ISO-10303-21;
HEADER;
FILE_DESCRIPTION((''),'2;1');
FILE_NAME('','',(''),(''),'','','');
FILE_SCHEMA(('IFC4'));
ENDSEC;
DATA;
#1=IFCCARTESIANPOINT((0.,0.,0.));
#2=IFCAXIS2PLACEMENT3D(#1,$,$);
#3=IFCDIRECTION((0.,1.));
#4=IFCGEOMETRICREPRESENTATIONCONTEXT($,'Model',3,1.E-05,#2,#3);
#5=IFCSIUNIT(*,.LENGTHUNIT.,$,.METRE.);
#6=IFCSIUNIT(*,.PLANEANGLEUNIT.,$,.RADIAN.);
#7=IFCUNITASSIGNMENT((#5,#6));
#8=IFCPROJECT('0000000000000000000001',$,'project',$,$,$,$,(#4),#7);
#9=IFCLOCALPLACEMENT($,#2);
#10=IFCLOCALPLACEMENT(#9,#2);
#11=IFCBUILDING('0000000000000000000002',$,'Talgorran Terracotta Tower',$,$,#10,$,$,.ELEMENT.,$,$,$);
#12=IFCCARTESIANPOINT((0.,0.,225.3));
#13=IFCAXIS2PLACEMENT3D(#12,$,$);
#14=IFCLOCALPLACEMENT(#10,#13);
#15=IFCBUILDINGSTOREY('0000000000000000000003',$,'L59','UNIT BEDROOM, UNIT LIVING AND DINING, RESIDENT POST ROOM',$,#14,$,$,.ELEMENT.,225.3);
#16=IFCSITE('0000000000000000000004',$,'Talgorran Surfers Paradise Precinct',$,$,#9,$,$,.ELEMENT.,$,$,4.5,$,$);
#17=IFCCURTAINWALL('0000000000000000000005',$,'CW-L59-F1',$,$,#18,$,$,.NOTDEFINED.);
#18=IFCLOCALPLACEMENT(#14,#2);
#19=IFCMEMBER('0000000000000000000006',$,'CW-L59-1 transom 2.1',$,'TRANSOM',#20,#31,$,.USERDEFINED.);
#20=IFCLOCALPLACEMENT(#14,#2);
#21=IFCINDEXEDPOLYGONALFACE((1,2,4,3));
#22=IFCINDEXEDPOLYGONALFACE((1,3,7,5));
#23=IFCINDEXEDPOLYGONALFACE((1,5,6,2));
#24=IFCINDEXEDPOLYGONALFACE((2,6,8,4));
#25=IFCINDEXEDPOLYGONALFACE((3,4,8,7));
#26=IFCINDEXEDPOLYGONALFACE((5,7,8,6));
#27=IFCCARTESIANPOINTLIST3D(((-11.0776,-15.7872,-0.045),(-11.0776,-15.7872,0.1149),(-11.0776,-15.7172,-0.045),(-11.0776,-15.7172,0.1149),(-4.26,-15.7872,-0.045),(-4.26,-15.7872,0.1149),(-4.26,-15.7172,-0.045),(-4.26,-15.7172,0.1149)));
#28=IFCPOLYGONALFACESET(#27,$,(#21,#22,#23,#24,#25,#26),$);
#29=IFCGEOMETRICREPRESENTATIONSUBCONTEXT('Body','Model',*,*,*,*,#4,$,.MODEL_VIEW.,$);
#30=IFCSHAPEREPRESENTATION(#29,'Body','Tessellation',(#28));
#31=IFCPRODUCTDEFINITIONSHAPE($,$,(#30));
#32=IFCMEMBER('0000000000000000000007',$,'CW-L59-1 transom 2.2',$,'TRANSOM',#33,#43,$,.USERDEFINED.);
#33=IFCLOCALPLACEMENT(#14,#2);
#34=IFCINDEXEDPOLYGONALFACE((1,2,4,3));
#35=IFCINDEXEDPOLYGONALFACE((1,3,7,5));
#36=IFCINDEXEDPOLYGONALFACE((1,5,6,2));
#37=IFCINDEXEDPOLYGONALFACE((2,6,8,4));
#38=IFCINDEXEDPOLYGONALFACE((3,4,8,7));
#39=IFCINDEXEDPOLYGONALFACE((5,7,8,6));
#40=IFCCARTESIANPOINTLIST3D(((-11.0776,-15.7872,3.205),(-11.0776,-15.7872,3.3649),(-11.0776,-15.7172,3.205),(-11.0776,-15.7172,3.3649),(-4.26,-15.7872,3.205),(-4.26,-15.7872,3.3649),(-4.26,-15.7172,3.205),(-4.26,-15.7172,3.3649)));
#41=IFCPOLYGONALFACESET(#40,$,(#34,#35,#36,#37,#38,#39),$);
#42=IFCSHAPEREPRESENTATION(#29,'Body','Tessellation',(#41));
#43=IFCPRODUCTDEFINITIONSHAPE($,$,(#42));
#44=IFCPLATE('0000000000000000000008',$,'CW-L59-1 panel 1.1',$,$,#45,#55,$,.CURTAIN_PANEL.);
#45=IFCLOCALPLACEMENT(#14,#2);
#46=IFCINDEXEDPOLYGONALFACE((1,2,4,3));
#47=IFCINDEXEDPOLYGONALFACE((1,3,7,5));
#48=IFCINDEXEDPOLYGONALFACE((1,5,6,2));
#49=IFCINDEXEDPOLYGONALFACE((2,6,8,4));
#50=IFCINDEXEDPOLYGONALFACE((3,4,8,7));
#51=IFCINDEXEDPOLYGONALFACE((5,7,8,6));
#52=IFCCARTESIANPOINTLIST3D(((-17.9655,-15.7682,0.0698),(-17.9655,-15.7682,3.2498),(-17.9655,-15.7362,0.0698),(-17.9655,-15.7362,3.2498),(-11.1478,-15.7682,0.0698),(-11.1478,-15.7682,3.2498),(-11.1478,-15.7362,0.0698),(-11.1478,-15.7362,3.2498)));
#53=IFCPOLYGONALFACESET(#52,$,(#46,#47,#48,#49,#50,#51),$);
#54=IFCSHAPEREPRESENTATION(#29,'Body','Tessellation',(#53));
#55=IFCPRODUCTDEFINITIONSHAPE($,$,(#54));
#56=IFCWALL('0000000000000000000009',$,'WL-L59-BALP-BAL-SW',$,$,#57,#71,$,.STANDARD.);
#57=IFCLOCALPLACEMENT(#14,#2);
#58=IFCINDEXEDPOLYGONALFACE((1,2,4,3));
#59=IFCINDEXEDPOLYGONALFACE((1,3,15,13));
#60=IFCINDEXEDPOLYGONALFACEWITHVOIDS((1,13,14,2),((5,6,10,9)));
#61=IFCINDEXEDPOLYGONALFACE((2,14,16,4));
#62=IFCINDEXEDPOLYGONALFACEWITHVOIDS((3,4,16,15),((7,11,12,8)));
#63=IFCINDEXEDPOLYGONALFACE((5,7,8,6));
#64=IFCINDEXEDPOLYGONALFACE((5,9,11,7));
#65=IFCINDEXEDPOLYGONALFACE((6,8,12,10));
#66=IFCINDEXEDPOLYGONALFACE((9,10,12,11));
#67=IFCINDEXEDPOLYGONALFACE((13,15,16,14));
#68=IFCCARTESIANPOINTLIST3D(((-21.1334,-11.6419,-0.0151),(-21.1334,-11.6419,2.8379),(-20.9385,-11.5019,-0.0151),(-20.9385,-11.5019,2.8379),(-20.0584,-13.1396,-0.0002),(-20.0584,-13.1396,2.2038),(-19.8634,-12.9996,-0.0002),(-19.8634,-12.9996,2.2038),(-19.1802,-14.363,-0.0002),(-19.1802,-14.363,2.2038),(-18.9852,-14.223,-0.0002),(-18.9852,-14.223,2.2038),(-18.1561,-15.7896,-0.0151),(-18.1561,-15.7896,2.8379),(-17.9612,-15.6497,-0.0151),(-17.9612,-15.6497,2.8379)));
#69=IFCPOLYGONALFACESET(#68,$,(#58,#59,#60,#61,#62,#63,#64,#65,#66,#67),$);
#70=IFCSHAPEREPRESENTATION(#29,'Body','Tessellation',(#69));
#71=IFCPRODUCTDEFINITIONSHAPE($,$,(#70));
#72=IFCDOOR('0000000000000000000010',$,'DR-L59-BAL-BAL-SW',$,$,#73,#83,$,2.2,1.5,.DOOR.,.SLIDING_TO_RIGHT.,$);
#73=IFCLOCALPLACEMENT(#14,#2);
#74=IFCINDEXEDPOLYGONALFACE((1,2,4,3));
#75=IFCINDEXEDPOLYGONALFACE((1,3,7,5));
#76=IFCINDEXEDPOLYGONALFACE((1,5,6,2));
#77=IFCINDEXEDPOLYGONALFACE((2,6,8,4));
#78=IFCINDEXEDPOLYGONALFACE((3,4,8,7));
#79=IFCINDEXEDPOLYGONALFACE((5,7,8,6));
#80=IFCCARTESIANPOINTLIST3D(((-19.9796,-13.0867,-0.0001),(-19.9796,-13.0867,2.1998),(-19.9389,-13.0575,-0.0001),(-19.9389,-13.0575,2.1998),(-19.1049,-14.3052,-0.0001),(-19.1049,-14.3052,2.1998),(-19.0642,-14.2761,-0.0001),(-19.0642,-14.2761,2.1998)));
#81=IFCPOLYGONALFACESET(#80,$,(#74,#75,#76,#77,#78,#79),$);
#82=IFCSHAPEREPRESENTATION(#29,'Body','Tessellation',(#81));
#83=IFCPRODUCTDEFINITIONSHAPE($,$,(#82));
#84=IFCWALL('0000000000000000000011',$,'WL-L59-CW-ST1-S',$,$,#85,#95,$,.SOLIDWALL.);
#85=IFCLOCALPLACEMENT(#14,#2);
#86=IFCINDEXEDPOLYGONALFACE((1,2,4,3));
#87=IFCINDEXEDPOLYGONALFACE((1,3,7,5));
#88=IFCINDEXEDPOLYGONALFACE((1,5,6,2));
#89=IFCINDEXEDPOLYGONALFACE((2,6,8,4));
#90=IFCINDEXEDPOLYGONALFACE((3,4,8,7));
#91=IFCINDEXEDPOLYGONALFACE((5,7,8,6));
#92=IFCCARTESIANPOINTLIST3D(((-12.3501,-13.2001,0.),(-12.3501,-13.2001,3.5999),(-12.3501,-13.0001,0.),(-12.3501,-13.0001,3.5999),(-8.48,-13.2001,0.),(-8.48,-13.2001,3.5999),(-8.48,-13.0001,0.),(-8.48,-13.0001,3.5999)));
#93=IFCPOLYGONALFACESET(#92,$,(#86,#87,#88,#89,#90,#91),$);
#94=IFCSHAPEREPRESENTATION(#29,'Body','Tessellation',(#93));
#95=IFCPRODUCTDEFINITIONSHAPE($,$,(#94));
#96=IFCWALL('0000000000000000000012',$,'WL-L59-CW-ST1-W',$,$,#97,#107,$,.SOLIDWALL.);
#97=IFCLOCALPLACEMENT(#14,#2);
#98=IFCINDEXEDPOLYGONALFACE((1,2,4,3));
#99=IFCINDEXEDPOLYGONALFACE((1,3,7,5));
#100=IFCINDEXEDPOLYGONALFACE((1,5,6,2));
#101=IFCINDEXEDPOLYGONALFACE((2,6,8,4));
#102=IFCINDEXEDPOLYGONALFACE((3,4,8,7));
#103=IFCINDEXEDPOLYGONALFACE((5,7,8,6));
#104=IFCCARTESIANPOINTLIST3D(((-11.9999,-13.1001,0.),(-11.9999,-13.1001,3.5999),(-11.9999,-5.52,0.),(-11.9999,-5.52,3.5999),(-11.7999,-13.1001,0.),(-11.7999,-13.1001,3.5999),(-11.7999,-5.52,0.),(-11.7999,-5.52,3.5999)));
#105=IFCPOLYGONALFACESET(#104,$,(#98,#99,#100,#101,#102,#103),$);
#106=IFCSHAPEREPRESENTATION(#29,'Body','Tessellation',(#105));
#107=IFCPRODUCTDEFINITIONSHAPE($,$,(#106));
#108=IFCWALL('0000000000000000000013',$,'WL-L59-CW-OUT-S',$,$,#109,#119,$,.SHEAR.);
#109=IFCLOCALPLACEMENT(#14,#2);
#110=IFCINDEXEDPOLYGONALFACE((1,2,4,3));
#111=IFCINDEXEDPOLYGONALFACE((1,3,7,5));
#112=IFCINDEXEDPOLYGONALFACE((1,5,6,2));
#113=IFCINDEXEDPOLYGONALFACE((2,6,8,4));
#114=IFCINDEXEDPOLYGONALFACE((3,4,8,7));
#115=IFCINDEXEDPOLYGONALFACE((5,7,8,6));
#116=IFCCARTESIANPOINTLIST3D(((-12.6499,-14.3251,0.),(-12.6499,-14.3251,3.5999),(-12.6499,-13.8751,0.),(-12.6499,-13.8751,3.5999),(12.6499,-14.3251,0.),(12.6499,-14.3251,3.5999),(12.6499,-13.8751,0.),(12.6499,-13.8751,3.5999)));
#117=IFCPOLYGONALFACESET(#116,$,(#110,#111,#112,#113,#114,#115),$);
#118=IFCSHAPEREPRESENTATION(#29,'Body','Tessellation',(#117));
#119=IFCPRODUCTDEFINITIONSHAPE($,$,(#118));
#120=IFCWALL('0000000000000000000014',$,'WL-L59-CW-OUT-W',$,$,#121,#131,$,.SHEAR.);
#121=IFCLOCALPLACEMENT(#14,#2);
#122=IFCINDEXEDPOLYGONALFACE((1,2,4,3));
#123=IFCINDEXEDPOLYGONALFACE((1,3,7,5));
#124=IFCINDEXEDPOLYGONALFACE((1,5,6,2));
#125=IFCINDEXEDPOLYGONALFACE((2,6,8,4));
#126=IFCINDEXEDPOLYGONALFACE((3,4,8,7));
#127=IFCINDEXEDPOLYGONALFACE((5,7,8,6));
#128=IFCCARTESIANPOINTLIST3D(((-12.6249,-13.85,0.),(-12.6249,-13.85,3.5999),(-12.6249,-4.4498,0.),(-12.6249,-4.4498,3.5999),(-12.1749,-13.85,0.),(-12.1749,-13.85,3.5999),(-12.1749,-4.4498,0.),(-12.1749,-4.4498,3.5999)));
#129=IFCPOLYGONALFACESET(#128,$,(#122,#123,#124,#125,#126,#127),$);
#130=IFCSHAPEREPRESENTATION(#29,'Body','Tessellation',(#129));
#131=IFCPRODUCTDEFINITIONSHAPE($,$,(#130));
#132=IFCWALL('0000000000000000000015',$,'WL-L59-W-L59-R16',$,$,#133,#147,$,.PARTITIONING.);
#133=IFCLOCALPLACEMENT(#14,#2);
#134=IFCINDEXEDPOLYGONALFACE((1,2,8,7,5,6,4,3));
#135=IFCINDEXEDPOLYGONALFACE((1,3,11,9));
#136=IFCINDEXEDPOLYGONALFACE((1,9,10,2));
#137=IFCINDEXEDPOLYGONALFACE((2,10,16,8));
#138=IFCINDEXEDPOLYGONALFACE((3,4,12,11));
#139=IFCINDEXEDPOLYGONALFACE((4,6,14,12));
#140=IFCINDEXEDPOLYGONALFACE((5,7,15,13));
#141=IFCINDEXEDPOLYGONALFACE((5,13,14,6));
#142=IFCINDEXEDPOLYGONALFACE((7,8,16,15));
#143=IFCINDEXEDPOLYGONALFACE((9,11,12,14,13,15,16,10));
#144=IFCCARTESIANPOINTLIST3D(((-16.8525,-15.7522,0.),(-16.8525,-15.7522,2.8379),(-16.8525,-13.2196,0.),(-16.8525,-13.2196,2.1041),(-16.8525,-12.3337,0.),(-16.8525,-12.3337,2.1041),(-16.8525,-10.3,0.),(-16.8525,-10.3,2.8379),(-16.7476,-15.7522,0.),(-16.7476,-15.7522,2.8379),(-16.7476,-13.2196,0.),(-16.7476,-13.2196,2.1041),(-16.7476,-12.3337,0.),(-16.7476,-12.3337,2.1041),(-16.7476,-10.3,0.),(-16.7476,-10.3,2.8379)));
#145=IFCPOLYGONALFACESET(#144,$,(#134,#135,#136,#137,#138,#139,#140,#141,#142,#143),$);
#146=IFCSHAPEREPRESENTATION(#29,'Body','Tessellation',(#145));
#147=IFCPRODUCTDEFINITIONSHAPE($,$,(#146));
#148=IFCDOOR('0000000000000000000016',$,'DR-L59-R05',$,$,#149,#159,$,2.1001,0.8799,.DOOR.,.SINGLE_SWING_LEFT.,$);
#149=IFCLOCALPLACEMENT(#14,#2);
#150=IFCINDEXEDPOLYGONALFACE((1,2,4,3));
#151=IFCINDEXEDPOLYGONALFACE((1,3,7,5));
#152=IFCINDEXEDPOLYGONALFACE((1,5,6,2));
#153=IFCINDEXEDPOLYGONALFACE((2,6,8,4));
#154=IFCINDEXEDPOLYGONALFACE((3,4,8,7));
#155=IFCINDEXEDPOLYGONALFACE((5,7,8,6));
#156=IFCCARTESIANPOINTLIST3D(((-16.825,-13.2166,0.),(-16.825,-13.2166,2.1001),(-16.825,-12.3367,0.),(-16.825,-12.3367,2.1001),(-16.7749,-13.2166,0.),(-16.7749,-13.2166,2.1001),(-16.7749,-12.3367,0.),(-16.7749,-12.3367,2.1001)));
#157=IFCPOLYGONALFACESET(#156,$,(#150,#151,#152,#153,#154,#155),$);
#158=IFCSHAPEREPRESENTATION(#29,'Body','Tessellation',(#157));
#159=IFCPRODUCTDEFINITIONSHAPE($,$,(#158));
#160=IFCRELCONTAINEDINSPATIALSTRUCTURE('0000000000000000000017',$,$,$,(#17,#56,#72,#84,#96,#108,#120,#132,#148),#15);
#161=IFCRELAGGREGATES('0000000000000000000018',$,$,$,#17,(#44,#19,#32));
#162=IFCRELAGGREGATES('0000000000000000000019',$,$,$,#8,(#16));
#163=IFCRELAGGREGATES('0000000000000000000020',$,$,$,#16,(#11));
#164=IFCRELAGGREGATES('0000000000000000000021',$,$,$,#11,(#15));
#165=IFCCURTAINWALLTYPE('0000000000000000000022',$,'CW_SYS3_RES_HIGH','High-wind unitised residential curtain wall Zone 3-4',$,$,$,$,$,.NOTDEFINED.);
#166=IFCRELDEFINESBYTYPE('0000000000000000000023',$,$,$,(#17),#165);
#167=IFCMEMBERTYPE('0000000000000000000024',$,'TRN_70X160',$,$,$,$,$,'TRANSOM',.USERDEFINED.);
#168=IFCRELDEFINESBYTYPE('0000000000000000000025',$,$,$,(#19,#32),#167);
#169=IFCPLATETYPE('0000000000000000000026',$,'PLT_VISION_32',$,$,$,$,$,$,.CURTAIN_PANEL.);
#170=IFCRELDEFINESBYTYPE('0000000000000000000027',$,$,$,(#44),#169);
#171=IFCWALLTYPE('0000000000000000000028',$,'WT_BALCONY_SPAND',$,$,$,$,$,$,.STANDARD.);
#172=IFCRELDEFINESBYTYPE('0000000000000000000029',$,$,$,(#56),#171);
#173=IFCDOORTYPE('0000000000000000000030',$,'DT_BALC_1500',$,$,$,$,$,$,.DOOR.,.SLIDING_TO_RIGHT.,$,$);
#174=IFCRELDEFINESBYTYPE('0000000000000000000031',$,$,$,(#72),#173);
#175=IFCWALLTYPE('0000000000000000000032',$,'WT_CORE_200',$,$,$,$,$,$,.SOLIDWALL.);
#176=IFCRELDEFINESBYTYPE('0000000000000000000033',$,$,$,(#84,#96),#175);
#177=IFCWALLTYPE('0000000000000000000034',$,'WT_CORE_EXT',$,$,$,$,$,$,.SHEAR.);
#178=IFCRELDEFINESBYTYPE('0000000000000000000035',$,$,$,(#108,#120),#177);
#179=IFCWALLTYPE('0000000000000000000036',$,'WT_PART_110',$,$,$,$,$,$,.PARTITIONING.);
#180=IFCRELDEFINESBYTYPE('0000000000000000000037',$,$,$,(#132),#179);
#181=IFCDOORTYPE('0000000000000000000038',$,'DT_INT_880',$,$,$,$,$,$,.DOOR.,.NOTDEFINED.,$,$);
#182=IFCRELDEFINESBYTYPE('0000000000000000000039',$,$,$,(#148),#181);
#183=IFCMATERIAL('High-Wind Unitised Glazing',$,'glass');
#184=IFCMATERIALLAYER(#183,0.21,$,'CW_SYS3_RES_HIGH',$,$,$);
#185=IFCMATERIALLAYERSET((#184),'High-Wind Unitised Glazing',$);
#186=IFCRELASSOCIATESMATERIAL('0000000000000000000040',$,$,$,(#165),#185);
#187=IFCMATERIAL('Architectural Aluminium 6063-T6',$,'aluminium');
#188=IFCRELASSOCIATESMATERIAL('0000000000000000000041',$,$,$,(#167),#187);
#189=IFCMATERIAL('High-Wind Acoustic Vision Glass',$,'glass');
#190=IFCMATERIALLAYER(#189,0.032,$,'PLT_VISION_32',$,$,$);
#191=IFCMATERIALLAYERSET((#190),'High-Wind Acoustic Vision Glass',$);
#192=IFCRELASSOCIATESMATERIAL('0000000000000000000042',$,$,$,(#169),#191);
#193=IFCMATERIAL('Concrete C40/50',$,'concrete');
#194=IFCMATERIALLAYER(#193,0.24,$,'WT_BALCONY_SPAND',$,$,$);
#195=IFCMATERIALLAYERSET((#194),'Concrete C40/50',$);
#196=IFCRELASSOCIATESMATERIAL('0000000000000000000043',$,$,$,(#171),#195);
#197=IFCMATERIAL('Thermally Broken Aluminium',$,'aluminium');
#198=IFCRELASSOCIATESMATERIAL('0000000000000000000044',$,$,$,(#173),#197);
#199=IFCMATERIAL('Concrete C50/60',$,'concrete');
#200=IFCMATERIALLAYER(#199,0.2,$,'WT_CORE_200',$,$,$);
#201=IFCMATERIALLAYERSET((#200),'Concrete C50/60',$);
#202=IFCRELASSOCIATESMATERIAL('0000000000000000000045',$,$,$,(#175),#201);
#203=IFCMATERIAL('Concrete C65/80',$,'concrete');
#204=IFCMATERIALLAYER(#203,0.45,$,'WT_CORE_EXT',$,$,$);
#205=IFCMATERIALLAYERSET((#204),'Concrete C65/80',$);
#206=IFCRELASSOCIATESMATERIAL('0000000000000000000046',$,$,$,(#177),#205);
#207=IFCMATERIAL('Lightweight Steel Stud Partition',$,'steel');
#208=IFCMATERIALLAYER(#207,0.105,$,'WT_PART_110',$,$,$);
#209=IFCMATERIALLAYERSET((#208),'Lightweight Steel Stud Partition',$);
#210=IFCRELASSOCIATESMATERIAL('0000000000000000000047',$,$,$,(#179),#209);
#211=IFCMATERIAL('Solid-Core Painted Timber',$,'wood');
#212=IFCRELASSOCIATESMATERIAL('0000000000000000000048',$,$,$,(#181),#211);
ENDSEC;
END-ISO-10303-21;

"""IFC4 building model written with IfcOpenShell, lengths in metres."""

from ifc_helpers import new_model, si_unit, direction, frame, frame_2d, origin, origin_2d, place, context, subcontext, project, spatial, rectangle, extrude, source, transform, mapped, material, layer, layer_set, material_profile, profile_set, type_object, type_shapes, element, fill, aggregate, save


model = new_model("IFC4")

# Units and contexts
model_context = context("Model", 3, precision=1e-05, world=origin(), true_north=direction((0.0, 1.0)))
body_context = subcontext(model_context, "Body", "Model", "MODEL_VIEW")
ifc_project = project(units=[si_unit("LENGTHUNIT", "METRE"), si_unit("PLANEANGLEUNIT", "RADIAN")], contexts=[model_context])

# Site, building, storey
site_placement = place(None, origin())
site = spatial("IfcSite", under=ifc_project, at=site_placement, Name="Talgorran Surfers Paradise Precinct", CompositionType="ELEMENT", RefElevation=4.5)
building_placement = place(site_placement, origin())
building = spatial("IfcBuilding", under=site, at=building_placement, Name="Talgorran Terracotta Tower", CompositionType="ELEMENT")
storey_placement = place(building_placement, frame((0.0, 0.0, 225.3)))
storey = spatial("IfcBuildingStorey", under=building, at=storey_placement, Name="L59", Description="UNIT BEDROOM, UNIT LIVING AND DINING, RESIDENT POST ROOM", CompositionType="ELEMENT", Elevation=225.3)

# Curtain wall
ifc_material_1 = material(Name="High-Wind Unitised Glazing", Category="glass")
ifc_layer_1 = layer(ifc_material_1, 0.21, Name="CW_SYS3_RES_HIGH")
ifc_layer_set_1 = layer_set([ifc_layer_1], Name="High-Wind Unitised Glazing")
curtain_wall_type = type_object("IfcCurtainWallType", Name="CW_SYS3_RES_HIGH", Description="High-wind unitised residential curtain wall Zone 3-4", PredefinedType="NOTDEFINED", material=ifc_layer_set_1)
curtain_wall_1_placement = place(storey_placement, origin())
curtain_wall_1 = element("IfcCurtainWall", 1, at=curtain_wall_1_placement, inside=storey, type_object=curtain_wall_type, Name="CW-L59-F1", PredefinedType="NOTDEFINED")
ifc_material_2 = material(Name="Architectural Aluminium 6063-T6", Category="aluminium")

# Members
ifc_material_profile_1 = material_profile(ifc_material_2, rectangle(XDim=0.0701, YDim=0.1599, at=origin_2d()), Name="CWT70X160")
ifc_profile_set_1 = profile_set([ifc_material_profile_1], Name="Architectural Aluminium 6063-T6")
member_type_1 = type_object("IfcMemberType", Name="TRN_70X160", ElementType="TRANSOM", PredefinedType="USERDEFINED", material=ifc_profile_set_1)
member_1_placement = place(storey_placement, frame((-11.0776, -15.7522, 0.0349), z_axis=(1.0, 0.0, 0.0), x_axis=(0.0, 1.0, 0.0)))
member_1 = element("IfcMember", 2, at=member_1_placement, type_object=member_type_1, Name="CW-L59-1 transom 2.1", ObjectType="TRANSOM", PredefinedType="USERDEFINED", context=body_context, shape_type="SweptSolid", body=[
    extrude(rectangle(XDim=0.0701, YDim=0.1599, at=origin_2d()), origin(), (0.0, 0.0, 1.0), 6.8176),
])
member_2_placement = place(storey_placement, frame((-11.0776, -15.7522, 3.2849), z_axis=(1.0, 0.0, 0.0), x_axis=(0.0, 1.0, 0.0)))
member_2 = element("IfcMember", 3, at=member_2_placement, type_object=member_type_1, Name="CW-L59-1 transom 2.2", ObjectType="TRANSOM", PredefinedType="USERDEFINED", context=body_context, shape_type="SweptSolid", body=[
    extrude(rectangle(XDim=0.0701, YDim=0.1599, at=origin_2d()), origin(), (0.0, 0.0, 1.0), 6.8176),
])

# Plate
ifc_material_3 = material(Name="High-Wind Acoustic Vision Glass", Category="glass")
ifc_layer_2 = layer(ifc_material_3, 0.032, Name="PLT_VISION_32")
ifc_layer_set_2 = layer_set([ifc_layer_2], Name="High-Wind Acoustic Vision Glass")
plate_type = type_object("IfcPlateType", Name="PLT_VISION_32", PredefinedType="CURTAIN_PANEL", material=ifc_layer_set_2)
shared_shape = source(origin(), body_context, "Body", "SweptSolid", [
    extrude(rectangle(XDim=6.8176, YDim=0.032, at=origin_2d()), origin(), (0.0, 0.0, 1.0), 3.1799),
])
type_shapes(plate_type, [shared_shape])
plate_placement = place(storey_placement, frame((-14.5566, -15.7522, 0.0698), z_axis=(0.0, 0.0, 1.0), x_axis=(1.0, 0.0, 0.0)))
plate = element("IfcPlate", 4, at=plate_placement, type_object=plate_type, Name="CW-L59-1 panel 1.1", PredefinedType="CURTAIN_PANEL", context=body_context, shape_type="MappedRepresentation", body=[
    mapped(shared_shape, transform((0.0, 0.0, 0.0), scale=1.0)),
])
aggregate(curtain_wall_1, [plate, member_1, member_2])

# Wall, opening, door
ifc_material_4 = material(Name="Concrete C40/50", Category="concrete")
ifc_layer_3 = layer(ifc_material_4, 0.24, Name="WT_BALCONY_SPAND")
ifc_layer_set_3 = layer_set([ifc_layer_3], Name="Concrete C40/50")
wall_type_1 = type_object("IfcWallType", Name="WT_BALCONY_SPAND", PredefinedType="STANDARD", material=ifc_layer_set_3)
wall_1_placement = place(storey_placement, frame((-21.0359, -11.572, -0.0151), z_axis=(0.0, 0.0, 1.0), x_axis=(0.583136, -0.812374, 0.0)))
wall_1 = element("IfcWall", 5, at=wall_1_placement, inside=storey, type_object=wall_type_1, Name="WL-L59-BALP-BAL-SW", PredefinedType="STANDARD", context=body_context, shape_type="SweptSolid", body=[
    extrude(rectangle(XDim=5.1057, YDim=0.24, at=frame_2d((2.5527, 0.0))), origin(), (0.0, 0.0, 1.0), 2.853),
])
opening_1_placement = place(wall_1_placement, frame((1.8464, 0.0, 0.0149)))
opening_1 = element("IfcOpeningElement", 6, at=opening_1_placement, cuts=wall_1, PredefinedType="OPENING", context=body_context, shape_type="SweptSolid", body=[
    extrude(rectangle(XDim=1.506, YDim=2.204, at=frame_2d((0.75, 1.1021))), frame((0.0, 0.1299, 0.0), z_axis=(0.0, -1.0, 0.0), x_axis=(1.0, 0.0, 0.0)), (0.0, 0.0, 1.0), 0.26),
])
ifc_material_5 = material(Name="Thermally Broken Aluminium", Category="aluminium")
door_type_1 = type_object("IfcDoorType", Name="DT_BALC_1500", OperationType="SLIDING_TO_RIGHT", PredefinedType="DOOR", material=ifc_material_5)
door_1_placement = place(opening_1_placement, origin())
door_1 = element("IfcDoor", 7, at=door_1_placement, inside=storey, type_object=door_type_1, Name="DR-L59-BAL-BAL-SW", OperationType="SLIDING_TO_RIGHT", OverallHeight=2.2, OverallWidth=1.5, PredefinedType="DOOR", context=body_context, shape_type="SweptSolid", body=[
    extrude(rectangle(XDim=1.5, YDim=2.2, at=frame_2d((0.75, 1.1001))), frame((0.0, 0.0249, 0.0), z_axis=(0.0, -1.0, 0.0), x_axis=(1.0, 0.0, 0.0)), (0.0, 0.0, 1.0), 0.05),
])
fill(opening_1, door_1)

# Walls
ifc_material_6 = material(Name="Concrete C50/60", Category="concrete")
ifc_layer_4 = layer(ifc_material_6, 0.2, Name="WT_CORE_200")
ifc_layer_set_4 = layer_set([ifc_layer_4], Name="Concrete C50/60")
wall_type_2 = type_object("IfcWallType", Name="WT_CORE_200", PredefinedType="SOLIDWALL", material=ifc_layer_set_4)
wall_2_placement = place(storey_placement, frame((-12.3501, -13.1001, 0.0), z_axis=(0.0, 0.0, 1.0), x_axis=(1.0, 0.0, 0.0)))
element("IfcWall", 8, at=wall_2_placement, inside=storey, type_object=wall_type_2, Name="WL-L59-CW-ST1-S", PredefinedType="SOLIDWALL", context=body_context, shape_type="SweptSolid", body=[
    extrude(rectangle(XDim=3.8701, YDim=0.2, at=frame_2d((1.9351, 0.0))), origin(), (0.0, 0.0, 1.0), 3.5999),
])
wall_3_placement = place(storey_placement, frame((-11.8999, -13.1001, 0.0), z_axis=(0.0, 0.0, 1.0), x_axis=(0.0, 1.0, 0.0)))
element("IfcWall", 9, at=wall_3_placement, inside=storey, type_object=wall_type_2, Name="WL-L59-CW-ST1-W", PredefinedType="SOLIDWALL", context=body_context, shape_type="SweptSolid", body=[
    extrude(rectangle(XDim=7.5801, YDim=0.2, at=frame_2d((3.79, 0.0))), origin(), (0.0, 0.0, 1.0), 3.5999),
])
ifc_material_7 = material(Name="Concrete C65/80", Category="concrete")
ifc_layer_5 = layer(ifc_material_7, 0.45, Name="WT_CORE_EXT")
ifc_layer_set_5 = layer_set([ifc_layer_5], Name="Concrete C65/80")
wall_type_3 = type_object("IfcWallType", Name="WT_CORE_EXT", PredefinedType="SHEAR", material=ifc_layer_set_5)
wall_4_placement = place(storey_placement, frame((-12.6499, -14.1001, 0.0), z_axis=(0.0, 0.0, 1.0), x_axis=(1.0, 0.0, 0.0)))
element("IfcWall", 10, at=wall_4_placement, inside=storey, type_object=wall_type_3, Name="WL-L59-CW-OUT-S", PredefinedType="SHEAR", context=body_context, shape_type="SweptSolid", body=[
    extrude(rectangle(XDim=25.2998, YDim=0.45, at=frame_2d((12.6499, 0.0))), origin(), (0.0, 0.0, 1.0), 3.5999),
])
wall_5_placement = place(storey_placement, frame((-12.3999, -13.8501, 0.0), z_axis=(0.0, 0.0, 1.0), x_axis=(0.0, 1.0, 0.0)))
element("IfcWall", 11, at=wall_5_placement, inside=storey, type_object=wall_type_3, Name="WL-L59-CW-OUT-W", PredefinedType="SHEAR", context=body_context, shape_type="SweptSolid", body=[
    extrude(rectangle(XDim=9.4001, YDim=0.45, at=frame_2d((4.7002, 0.0))), origin(), (0.0, 0.0, 1.0), 3.5999),
])

# Wall, opening, door
ifc_material_8 = material(Name="Lightweight Steel Stud Partition", Category="steel")
ifc_layer_6 = layer(ifc_material_8, 0.105, Name="WT_PART_110")
ifc_layer_set_6 = layer_set([ifc_layer_6], Name="Lightweight Steel Stud Partition")
wall_type_4 = type_object("IfcWallType", Name="WT_PART_110", PredefinedType="PARTITIONING", material=ifc_layer_set_6)
wall_6_placement = place(storey_placement, frame((-16.8, -15.7522, 0.0), z_axis=(0.0, 0.0, 1.0), x_axis=(0.0, 1.0, 0.0)))
wall_6 = element("IfcWall", 12, at=wall_6_placement, inside=storey, type_object=wall_type_4, Name="WL-L59-W-L59-R16", PredefinedType="PARTITIONING", context=body_context, shape_type="SweptSolid", body=[
    extrude(rectangle(XDim=5.4521, YDim=0.105, at=frame_2d((2.7261, 0.0))), origin(), (0.0, 0.0, 1.0), 2.8379),
])
opening_2_placement = place(wall_6_placement, frame((2.5356, 0.0, 0.0)))
opening_2 = element("IfcOpeningElement", 13, at=opening_2_placement, cuts=wall_6, PredefinedType="OPENING", context=body_context, shape_type="SweptSolid", body=[
    extrude(rectangle(XDim=0.8859, YDim=2.1041, at=frame_2d((0.4399, 1.052))), frame((0.0, 0.0625, 0.0), z_axis=(0.0, -1.0, 0.0), x_axis=(1.0, 0.0, 0.0)), (0.0, 0.0, 1.0), 0.125),
])
ifc_material_9 = material(Name="Solid-Core Painted Timber", Category="wood")
door_type_2 = type_object("IfcDoorType", Name="DT_INT_880", OperationType="NOTDEFINED", PredefinedType="DOOR", material=ifc_material_9)
door_2_placement = place(opening_2_placement, origin())
door_2 = element("IfcDoor", 14, at=door_2_placement, inside=storey, type_object=door_type_2, Name="DR-L59-R05", OperationType="SINGLE_SWING_LEFT", OverallHeight=2.1001, OverallWidth=0.8799, PredefinedType="DOOR", context=body_context, shape_type="SweptSolid", body=[
    extrude(rectangle(XDim=0.8799, YDim=2.1001, at=frame_2d((0.4399, 1.05))), frame((0.0, 0.0249, 0.0), z_axis=(0.0, -1.0, 0.0), x_axis=(1.0, 0.0, 0.0)), (0.0, 0.0, 1.0), 0.05),
])
fill(opening_2, door_2)

save(model, "model.ifc")
